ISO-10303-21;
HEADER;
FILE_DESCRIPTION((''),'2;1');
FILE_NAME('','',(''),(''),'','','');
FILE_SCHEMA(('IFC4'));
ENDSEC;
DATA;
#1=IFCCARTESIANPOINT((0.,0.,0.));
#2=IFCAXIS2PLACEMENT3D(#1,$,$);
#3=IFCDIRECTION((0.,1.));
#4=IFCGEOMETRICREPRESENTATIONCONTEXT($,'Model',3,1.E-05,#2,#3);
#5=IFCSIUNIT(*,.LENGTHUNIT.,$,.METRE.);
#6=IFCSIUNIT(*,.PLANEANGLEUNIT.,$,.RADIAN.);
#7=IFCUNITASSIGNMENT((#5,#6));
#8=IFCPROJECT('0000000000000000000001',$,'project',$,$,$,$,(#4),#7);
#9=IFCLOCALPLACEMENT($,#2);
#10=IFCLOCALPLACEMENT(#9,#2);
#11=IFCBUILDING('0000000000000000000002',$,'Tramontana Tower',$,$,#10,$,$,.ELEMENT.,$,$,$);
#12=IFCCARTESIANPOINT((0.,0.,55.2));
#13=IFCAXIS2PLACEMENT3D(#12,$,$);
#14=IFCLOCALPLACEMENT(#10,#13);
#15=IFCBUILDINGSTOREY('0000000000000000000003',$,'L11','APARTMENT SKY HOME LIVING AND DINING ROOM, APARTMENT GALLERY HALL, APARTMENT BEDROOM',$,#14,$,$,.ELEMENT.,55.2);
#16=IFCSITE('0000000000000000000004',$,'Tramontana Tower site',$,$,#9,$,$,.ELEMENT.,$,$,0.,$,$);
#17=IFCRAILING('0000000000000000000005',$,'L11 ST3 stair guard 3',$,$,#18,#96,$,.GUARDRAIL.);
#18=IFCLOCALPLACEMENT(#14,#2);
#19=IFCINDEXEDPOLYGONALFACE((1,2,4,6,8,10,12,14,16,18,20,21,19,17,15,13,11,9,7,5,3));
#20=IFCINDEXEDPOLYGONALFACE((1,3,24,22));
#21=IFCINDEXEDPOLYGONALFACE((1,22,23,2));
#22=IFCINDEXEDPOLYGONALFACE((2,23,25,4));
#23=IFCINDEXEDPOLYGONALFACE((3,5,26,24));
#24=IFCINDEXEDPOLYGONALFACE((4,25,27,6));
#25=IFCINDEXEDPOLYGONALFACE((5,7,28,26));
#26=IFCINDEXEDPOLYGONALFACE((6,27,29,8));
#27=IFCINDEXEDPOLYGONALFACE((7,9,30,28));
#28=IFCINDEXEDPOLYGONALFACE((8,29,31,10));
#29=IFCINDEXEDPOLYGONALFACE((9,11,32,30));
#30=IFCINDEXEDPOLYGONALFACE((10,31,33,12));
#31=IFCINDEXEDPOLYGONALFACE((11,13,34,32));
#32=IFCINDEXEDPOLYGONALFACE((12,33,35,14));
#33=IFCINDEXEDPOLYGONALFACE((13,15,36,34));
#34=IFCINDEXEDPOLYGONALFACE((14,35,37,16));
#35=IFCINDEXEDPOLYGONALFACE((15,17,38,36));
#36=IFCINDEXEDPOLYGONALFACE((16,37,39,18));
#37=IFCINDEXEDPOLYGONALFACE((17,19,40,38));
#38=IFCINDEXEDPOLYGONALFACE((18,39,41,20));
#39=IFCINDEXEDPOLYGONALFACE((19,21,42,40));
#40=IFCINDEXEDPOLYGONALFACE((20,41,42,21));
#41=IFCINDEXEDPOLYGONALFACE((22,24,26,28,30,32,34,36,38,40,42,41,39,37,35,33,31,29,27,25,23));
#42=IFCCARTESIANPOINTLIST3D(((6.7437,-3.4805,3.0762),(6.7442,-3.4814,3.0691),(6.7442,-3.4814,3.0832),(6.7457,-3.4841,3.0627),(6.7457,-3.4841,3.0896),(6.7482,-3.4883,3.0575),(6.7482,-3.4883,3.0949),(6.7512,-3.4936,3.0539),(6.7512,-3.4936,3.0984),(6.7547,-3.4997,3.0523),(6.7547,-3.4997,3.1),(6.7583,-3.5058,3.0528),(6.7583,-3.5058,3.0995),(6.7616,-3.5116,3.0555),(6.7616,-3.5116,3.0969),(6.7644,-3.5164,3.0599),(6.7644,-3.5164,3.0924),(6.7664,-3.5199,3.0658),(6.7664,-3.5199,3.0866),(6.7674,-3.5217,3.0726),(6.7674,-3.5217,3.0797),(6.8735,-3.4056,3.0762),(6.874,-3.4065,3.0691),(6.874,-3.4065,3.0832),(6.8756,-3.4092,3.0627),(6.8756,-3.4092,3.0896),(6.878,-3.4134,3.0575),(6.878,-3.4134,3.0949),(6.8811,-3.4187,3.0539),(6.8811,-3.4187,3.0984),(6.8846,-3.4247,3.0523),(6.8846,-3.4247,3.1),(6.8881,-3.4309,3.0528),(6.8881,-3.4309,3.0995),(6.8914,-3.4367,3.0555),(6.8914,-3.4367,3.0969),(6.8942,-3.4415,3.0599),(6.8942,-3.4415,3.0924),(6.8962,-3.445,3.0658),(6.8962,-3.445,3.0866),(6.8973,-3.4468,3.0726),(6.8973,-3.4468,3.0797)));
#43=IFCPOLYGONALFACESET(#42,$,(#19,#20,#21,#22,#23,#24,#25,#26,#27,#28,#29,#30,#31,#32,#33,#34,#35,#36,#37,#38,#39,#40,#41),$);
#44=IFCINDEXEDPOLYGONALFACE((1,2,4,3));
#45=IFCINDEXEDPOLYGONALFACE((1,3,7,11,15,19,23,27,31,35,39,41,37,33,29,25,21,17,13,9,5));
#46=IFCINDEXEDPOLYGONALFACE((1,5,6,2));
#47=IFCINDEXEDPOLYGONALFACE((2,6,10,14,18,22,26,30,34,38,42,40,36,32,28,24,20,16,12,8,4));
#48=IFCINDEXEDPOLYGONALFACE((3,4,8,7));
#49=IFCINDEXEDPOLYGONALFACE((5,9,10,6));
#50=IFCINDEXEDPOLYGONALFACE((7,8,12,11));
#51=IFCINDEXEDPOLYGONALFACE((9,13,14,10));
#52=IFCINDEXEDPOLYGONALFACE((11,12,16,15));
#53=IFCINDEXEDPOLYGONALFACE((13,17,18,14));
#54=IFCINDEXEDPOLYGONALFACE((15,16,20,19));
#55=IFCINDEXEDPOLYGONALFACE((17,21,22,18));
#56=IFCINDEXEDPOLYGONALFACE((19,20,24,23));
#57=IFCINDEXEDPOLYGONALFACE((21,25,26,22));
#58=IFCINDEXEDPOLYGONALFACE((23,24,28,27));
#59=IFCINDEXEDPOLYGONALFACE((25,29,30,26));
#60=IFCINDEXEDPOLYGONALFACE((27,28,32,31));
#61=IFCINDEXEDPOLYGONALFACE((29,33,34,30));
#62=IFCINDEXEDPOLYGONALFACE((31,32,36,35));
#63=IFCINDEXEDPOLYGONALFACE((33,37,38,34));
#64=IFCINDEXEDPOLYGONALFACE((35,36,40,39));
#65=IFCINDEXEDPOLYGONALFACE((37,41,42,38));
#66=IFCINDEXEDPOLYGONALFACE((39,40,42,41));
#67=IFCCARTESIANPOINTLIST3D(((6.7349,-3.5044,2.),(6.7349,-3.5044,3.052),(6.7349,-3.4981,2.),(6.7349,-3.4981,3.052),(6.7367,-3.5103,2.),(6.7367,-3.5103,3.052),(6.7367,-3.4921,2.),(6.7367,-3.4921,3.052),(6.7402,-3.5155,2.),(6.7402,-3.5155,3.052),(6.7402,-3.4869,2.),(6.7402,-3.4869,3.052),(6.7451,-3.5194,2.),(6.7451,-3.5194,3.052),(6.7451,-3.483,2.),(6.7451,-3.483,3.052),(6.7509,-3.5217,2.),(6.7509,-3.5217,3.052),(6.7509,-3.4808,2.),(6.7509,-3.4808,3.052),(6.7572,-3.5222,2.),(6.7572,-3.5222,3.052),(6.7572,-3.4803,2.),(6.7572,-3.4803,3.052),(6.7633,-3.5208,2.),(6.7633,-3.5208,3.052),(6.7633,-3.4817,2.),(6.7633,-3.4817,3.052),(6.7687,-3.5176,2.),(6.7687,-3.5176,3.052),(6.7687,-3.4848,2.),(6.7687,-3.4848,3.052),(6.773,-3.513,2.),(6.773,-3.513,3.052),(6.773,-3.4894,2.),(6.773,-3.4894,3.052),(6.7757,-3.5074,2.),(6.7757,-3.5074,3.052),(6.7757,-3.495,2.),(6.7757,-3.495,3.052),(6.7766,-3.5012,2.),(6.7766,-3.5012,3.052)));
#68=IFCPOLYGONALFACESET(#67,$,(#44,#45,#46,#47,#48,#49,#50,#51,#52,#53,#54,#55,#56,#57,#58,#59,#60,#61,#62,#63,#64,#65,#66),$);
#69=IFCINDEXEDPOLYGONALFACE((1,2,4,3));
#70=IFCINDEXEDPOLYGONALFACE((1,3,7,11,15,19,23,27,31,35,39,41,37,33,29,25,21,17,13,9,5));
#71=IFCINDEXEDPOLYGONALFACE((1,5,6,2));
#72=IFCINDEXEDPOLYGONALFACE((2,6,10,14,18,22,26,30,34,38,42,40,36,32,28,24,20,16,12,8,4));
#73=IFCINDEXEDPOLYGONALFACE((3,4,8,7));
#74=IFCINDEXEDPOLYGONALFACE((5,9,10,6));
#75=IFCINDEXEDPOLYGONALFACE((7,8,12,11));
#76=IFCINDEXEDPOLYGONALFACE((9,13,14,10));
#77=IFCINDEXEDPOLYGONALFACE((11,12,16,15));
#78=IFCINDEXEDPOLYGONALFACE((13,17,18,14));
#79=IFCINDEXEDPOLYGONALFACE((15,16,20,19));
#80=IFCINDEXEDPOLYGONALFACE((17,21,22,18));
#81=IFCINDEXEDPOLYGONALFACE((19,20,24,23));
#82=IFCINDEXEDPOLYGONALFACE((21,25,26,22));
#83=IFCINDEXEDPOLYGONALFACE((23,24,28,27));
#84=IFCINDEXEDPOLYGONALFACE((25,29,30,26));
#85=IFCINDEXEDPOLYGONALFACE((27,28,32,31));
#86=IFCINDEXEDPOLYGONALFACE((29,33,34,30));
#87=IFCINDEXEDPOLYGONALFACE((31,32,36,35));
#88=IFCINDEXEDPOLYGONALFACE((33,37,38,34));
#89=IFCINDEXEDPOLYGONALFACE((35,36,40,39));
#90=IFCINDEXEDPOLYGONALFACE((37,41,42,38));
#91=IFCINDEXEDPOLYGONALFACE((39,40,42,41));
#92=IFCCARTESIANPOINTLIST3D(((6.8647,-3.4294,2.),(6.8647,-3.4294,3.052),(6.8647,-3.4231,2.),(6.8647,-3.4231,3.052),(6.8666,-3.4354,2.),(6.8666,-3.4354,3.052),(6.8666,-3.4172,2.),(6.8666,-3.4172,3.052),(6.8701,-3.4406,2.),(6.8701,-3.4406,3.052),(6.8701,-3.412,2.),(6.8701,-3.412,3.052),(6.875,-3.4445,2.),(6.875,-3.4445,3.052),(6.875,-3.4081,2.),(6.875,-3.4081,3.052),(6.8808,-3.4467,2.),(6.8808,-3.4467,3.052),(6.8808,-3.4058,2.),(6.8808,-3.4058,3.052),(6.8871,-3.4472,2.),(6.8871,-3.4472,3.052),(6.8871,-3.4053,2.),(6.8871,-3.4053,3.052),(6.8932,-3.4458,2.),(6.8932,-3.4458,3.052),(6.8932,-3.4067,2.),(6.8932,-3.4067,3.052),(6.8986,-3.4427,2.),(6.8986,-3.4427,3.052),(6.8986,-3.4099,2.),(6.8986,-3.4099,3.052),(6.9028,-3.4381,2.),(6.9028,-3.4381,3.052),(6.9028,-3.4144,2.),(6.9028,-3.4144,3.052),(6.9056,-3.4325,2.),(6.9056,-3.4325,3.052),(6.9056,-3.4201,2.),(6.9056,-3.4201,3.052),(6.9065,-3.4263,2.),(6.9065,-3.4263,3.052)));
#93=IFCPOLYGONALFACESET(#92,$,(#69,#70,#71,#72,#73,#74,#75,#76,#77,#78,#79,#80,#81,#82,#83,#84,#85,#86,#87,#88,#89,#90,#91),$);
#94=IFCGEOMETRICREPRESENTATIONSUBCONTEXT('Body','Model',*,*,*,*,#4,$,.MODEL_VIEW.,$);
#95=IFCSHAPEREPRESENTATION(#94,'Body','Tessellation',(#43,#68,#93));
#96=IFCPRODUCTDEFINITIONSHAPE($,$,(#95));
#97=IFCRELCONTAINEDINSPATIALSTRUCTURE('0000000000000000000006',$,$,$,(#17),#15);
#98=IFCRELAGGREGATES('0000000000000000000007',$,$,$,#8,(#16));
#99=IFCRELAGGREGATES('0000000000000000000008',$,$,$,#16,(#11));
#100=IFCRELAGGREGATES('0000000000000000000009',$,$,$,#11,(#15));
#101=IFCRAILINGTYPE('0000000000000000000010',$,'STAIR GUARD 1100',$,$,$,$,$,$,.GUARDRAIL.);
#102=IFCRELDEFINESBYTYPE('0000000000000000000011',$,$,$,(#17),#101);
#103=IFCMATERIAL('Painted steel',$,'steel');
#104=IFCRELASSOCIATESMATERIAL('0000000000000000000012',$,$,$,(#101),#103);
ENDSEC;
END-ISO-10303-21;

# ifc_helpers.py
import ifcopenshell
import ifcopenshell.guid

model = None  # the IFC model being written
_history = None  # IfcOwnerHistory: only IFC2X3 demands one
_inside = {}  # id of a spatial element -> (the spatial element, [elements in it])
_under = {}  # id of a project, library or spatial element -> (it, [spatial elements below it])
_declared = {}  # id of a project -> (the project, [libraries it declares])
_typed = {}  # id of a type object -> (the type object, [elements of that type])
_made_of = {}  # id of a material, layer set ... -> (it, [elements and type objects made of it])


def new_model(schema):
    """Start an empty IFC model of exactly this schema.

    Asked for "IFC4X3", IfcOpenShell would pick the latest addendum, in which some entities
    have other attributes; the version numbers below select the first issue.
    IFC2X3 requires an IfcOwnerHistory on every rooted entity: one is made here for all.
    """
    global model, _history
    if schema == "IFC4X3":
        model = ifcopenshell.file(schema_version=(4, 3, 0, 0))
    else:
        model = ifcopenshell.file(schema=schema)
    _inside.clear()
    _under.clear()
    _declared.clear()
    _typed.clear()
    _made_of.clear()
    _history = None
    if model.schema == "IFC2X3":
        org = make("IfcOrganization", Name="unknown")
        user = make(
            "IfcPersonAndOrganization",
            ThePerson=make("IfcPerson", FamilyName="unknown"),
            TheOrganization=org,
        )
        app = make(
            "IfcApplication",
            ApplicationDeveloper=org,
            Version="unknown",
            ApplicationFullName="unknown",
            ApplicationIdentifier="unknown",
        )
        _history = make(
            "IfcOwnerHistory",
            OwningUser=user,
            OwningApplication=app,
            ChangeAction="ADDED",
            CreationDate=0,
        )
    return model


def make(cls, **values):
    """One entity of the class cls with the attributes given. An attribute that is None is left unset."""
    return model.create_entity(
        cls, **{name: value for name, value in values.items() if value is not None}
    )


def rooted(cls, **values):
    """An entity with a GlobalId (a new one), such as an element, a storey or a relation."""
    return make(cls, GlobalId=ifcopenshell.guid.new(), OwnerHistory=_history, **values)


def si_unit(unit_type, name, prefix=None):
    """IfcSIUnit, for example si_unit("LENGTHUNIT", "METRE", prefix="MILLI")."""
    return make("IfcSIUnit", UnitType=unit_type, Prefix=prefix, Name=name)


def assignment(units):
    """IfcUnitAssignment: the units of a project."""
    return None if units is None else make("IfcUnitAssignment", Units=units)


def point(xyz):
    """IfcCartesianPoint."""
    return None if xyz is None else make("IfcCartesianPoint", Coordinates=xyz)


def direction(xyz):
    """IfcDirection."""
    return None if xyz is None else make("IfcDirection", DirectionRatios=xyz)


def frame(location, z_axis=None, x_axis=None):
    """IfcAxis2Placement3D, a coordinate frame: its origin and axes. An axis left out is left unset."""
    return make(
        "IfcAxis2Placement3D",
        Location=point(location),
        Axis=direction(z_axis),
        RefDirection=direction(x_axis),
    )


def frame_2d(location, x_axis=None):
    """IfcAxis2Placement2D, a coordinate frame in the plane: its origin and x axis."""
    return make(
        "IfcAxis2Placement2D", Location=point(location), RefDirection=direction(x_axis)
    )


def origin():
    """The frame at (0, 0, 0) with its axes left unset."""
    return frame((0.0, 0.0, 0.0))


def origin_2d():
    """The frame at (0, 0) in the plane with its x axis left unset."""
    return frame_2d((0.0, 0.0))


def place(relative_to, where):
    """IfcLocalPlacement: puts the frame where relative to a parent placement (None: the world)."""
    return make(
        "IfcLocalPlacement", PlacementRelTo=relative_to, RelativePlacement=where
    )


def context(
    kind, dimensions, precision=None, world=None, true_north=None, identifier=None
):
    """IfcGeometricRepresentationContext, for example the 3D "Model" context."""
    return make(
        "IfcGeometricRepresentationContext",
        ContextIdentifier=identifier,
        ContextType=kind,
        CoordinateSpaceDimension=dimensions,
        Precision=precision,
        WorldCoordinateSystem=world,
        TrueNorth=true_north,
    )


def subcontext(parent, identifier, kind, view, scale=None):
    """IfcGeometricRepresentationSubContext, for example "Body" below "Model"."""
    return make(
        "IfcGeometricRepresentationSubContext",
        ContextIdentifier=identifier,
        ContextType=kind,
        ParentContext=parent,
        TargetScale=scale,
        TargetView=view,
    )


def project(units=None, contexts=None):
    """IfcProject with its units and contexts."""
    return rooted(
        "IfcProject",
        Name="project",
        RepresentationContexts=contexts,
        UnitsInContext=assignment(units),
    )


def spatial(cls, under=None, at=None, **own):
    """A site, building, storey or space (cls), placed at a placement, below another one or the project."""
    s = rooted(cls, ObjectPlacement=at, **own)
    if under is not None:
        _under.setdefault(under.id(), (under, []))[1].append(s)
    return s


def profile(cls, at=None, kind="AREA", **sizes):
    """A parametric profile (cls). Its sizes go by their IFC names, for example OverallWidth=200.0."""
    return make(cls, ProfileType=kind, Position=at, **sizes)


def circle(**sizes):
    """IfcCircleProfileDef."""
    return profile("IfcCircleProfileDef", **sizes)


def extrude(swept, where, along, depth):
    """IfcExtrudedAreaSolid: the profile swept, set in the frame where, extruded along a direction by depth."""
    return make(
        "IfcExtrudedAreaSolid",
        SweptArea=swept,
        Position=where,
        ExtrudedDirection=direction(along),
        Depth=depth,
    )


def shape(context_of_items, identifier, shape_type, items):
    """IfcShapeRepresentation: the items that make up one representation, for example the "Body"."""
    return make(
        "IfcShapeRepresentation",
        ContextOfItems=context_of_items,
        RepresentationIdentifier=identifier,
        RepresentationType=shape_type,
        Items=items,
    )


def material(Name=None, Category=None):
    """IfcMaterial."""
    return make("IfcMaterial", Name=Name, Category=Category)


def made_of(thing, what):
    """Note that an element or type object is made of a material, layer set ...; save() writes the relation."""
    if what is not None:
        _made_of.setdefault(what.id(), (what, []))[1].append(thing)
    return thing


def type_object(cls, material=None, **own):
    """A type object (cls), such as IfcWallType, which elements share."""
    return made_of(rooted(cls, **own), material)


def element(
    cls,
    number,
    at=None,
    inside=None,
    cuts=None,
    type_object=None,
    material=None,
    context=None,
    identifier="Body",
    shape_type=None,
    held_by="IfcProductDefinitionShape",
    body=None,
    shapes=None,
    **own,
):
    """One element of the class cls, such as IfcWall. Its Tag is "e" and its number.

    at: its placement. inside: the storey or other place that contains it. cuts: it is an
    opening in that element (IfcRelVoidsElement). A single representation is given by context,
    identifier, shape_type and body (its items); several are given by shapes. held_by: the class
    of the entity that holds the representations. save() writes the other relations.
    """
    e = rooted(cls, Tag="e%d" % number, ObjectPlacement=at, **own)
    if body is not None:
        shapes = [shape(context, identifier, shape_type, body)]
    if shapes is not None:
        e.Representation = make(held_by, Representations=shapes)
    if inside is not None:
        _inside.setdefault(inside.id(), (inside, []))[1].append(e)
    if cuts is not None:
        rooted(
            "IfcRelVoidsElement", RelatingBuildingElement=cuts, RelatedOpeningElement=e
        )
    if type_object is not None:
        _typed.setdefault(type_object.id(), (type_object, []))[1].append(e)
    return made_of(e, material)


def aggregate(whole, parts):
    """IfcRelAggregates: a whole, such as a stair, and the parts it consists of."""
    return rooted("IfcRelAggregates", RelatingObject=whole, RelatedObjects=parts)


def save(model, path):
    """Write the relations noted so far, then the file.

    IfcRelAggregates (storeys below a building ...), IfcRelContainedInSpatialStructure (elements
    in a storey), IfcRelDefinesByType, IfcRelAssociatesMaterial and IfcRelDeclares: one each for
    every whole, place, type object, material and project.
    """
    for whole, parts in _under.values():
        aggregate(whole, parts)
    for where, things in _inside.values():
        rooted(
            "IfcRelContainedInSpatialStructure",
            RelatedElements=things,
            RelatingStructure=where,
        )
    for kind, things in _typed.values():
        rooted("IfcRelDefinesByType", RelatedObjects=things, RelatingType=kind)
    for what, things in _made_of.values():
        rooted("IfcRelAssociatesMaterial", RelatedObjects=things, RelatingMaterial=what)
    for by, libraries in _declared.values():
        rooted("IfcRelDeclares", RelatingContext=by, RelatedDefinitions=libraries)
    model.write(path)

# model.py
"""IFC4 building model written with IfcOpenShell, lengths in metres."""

from ifc_helpers import new_model, si_unit, direction, frame, origin, origin_2d, place, context, subcontext, project, spatial, circle, extrude, material, type_object, element, save


model = new_model("IFC4")

# Units and contexts
model_context = context("Model", 3, precision=1e-05, world=origin(), true_north=direction((0.0, 1.0)))
body_context = subcontext(model_context, "Body", "Model", "MODEL_VIEW")
ifc_project = project(units=[si_unit("LENGTHUNIT", "METRE"), si_unit("PLANEANGLEUNIT", "RADIAN")], contexts=[model_context])

# Site, building, storey
site_placement = place(None, origin())
site = spatial("IfcSite", under=ifc_project, at=site_placement, Name="Tramontana Tower site", CompositionType="ELEMENT", RefElevation=0.0)
building_placement = place(site_placement, origin())
building = spatial("IfcBuilding", under=site, at=building_placement, Name="Tramontana Tower", CompositionType="ELEMENT")
storey_placement = place(building_placement, frame((0.0, 0.0, 55.2)))
storey = spatial("IfcBuildingStorey", under=building, at=storey_placement, Name="L11", Description="APARTMENT SKY HOME LIVING AND DINING ROOM, APARTMENT GALLERY HALL, APARTMENT BEDROOM", CompositionType="ELEMENT", Elevation=55.2)

# Railing
ifc_material_1 = material(Name="Painted steel", Category="steel")
railing_type_1 = type_object("IfcRailingType", Name="STAIR GUARD 1100", PredefinedType="GUARDRAIL", material=ifc_material_1)
railing_1_placement = place(storey_placement, frame((6.7556, -3.5012, 2.0)))
element("IfcRailing", 1, at=railing_1_placement, inside=storey, type_object=railing_type_1, Name="L11 ST3 stair guard 3", PredefinedType="GUARDRAIL", context=body_context, shape_type="SweptSolid", body=[
    extrude(circle(Radius=0.0239, at=origin_2d()), frame((0.0, 0.0, 1.0762), z_axis=(0.866131, 0.499816, 0.0), x_axis=(-0.499816, 0.866131, 0.0)), (0.0, 0.0, 1.0), 0.1499),
    extrude(circle(Radius=0.021, at=origin_2d()), origin(), (0.0, 0.0, 1.0), 1.052),
    extrude(circle(Radius=0.021, at=origin_2d()), frame((0.1299, 0.075, 0.0)), (0.0, 0.0, 1.0), 1.052),
])

save(model, "model.ifc")
